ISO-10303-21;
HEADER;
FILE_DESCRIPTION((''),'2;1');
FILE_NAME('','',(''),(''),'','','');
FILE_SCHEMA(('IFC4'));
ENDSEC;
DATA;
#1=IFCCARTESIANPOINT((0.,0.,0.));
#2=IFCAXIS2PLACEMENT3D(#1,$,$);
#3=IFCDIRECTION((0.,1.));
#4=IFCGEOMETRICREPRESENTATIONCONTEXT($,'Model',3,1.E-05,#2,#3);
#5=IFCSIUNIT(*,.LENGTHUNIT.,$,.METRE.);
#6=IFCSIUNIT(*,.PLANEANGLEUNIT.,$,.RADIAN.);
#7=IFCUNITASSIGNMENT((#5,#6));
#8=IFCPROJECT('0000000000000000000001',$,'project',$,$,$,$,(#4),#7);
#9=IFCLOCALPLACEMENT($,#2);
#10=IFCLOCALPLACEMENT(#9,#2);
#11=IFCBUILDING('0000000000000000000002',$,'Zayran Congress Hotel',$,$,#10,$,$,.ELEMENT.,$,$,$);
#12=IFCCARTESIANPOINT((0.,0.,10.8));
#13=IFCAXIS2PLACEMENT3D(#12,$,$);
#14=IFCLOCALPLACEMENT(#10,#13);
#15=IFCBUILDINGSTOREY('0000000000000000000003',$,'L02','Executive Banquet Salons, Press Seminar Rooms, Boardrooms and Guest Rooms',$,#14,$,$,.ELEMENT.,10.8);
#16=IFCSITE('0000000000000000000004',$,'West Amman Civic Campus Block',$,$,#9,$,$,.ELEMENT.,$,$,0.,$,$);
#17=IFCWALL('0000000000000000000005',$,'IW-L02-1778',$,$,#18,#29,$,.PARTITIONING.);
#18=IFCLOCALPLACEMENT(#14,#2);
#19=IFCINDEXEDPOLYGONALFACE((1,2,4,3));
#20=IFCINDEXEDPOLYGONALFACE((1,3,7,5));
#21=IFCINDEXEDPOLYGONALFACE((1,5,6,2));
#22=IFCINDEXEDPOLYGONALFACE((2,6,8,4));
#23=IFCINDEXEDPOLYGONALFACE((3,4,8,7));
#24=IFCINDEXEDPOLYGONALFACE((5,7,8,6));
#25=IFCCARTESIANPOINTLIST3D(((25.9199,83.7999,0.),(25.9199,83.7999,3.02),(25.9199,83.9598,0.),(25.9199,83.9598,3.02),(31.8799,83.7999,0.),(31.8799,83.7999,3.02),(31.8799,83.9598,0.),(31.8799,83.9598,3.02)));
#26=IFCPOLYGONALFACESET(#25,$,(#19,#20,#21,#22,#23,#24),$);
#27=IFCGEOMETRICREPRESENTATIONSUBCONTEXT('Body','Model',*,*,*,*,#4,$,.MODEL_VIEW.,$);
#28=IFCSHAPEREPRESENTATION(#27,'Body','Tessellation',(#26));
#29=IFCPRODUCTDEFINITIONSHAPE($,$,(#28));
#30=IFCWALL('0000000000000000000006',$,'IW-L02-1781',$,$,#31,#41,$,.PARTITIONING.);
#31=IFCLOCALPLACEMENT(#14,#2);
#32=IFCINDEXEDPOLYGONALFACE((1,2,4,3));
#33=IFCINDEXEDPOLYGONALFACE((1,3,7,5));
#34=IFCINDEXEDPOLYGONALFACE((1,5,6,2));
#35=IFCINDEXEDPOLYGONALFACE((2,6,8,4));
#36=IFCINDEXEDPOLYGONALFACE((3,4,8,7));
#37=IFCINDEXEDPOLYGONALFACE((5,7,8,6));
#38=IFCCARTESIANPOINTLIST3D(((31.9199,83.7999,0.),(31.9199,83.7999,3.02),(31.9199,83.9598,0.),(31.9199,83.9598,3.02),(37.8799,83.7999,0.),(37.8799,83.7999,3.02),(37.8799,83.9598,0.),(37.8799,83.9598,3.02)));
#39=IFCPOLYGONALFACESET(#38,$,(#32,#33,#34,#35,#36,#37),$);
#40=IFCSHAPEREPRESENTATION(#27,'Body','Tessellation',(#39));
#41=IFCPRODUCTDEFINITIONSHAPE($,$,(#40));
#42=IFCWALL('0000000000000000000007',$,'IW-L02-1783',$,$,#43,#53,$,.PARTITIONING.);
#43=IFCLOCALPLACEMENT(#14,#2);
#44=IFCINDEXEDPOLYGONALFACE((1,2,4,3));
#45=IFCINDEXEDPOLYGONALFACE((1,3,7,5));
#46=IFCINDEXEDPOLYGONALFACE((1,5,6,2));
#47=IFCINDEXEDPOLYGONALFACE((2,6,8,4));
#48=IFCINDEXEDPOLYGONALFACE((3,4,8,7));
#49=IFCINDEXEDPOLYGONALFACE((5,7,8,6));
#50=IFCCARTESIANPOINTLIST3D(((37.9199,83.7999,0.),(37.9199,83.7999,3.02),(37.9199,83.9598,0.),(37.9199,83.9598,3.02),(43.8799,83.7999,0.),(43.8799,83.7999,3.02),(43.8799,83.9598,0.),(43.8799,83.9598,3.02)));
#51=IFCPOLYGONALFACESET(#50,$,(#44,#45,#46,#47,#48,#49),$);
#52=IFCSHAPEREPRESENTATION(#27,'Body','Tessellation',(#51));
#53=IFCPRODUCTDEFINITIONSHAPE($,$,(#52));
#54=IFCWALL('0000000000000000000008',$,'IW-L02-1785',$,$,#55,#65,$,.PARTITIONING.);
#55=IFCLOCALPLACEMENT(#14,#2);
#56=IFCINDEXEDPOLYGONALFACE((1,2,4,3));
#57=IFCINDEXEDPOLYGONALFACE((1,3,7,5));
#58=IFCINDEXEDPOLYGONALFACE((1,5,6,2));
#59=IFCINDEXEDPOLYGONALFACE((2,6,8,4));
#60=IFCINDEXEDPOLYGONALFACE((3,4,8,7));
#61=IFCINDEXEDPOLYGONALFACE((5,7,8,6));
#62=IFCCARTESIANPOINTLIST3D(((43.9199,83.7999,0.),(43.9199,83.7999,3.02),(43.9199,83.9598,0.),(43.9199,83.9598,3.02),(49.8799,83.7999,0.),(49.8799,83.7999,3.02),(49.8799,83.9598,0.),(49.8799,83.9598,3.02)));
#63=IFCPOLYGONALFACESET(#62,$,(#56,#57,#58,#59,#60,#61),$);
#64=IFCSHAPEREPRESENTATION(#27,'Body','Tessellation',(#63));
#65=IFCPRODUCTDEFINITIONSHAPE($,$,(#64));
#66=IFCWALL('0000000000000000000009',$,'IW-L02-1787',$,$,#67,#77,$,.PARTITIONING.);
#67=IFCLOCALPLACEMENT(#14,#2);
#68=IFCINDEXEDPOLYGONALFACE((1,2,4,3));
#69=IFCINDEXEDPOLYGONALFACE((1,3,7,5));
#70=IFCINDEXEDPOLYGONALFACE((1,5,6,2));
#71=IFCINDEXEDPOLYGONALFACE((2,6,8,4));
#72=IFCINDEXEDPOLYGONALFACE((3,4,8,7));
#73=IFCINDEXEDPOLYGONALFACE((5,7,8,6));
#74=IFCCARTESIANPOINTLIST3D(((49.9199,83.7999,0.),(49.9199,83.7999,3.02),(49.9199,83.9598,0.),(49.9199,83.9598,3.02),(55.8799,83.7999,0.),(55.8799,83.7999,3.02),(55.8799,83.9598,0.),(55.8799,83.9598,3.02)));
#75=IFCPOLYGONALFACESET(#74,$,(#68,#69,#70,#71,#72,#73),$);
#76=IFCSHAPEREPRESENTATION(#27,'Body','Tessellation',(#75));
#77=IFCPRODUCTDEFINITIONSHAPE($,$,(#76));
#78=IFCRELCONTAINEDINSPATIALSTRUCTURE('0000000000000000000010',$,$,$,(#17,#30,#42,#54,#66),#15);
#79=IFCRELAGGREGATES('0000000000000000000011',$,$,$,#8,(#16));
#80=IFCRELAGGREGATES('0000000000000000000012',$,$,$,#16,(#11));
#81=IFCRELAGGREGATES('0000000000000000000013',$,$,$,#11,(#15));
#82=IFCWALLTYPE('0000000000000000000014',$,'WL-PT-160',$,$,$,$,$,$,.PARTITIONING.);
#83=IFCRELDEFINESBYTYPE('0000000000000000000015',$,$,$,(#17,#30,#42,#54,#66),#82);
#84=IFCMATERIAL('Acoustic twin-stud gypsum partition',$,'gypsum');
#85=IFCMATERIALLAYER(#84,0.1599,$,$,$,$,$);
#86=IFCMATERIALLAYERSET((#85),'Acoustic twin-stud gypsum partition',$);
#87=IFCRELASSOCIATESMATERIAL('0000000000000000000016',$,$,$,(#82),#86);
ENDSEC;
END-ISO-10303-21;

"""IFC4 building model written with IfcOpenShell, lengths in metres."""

from ifc_helpers import new_model, si_unit, direction, frame, frame_2d, origin, place, context, subcontext, project, spatial, rectangle, extrude, material, layer, layer_set, type_object, element, save


model = new_model("IFC4")

# Units and contexts
model_context = context("Model", 3, precision=1e-05, world=origin(), true_north=direction((0.0, 1.0)))
body_context = subcontext(model_context, "Body", "Model", "MODEL_VIEW")
ifc_project = project(units=[si_unit("LENGTHUNIT", "METRE"), si_unit("PLANEANGLEUNIT", "RADIAN")], contexts=[model_context])

# Site, building, storey
site_placement = place(None, origin())
site = spatial("IfcSite", under=ifc_project, at=site_placement, Name="West Amman Civic Campus Block", CompositionType="ELEMENT", RefElevation=0.0)
building_placement = place(site_placement, origin())
building = spatial("IfcBuilding", under=site, at=building_placement, Name="Zayran Congress Hotel", CompositionType="ELEMENT")
storey_placement = place(building_placement, frame((0.0, 0.0, 10.8)))
storey = spatial("IfcBuildingStorey", under=building, at=storey_placement, Name="L02", Description="Executive Banquet Salons, Press Seminar Rooms, Boardrooms and Guest Rooms", CompositionType="ELEMENT", Elevation=10.8)

# Walls
ifc_material_1 = material(Name="Acoustic twin-stud gypsum partition", Category="gypsum")
ifc_layer = layer(ifc_material_1, 0.1599)
ifc_layer_set = layer_set([ifc_layer], Name="Acoustic twin-stud gypsum partition")
wall_type = type_object("IfcWallType", Name="WL-PT-160", PredefinedType="PARTITIONING", material=ifc_layer_set)
for number, where, z_axis, x_axis, name in (
    (1, (25.9199, 83.8799, 0.0), (0.0, 0.0, 1.0), (1.0, 0.0, 0.0), "IW-L02-1778"),
    (2, (31.9199, 83.8799, 0.0), (0.0, 0.0, 1.0), (1.0, 0.0, 0.0), "IW-L02-1781"),
    (3, (37.9199, 83.8799, 0.0), (0.0, 0.0, 1.0), (1.0, 0.0, 0.0), "IW-L02-1783"),
    (4, (43.9199, 83.8799, 0.0), (0.0, 0.0, 1.0), (1.0, 0.0, 0.0), "IW-L02-1785"),
    (5, (49.9199, 83.8799, 0.0), (0.0, 0.0, 1.0), (1.0, 0.0, 0.0), "IW-L02-1787"),
):
    element("IfcWall", number, at=place(storey_placement, frame(where, z_axis=z_axis, x_axis=x_axis)), inside=storey, type_object=wall_type, Name=name, PredefinedType="PARTITIONING", context=body_context, shape_type="SweptSolid", body=[
        extrude(rectangle(XDim=5.96, YDim=0.1599, at=frame_2d((2.98, 0.0))), origin(), (0.0, 0.0, 1.0), 3.02),
    ])

save(model, "model.ifc")
